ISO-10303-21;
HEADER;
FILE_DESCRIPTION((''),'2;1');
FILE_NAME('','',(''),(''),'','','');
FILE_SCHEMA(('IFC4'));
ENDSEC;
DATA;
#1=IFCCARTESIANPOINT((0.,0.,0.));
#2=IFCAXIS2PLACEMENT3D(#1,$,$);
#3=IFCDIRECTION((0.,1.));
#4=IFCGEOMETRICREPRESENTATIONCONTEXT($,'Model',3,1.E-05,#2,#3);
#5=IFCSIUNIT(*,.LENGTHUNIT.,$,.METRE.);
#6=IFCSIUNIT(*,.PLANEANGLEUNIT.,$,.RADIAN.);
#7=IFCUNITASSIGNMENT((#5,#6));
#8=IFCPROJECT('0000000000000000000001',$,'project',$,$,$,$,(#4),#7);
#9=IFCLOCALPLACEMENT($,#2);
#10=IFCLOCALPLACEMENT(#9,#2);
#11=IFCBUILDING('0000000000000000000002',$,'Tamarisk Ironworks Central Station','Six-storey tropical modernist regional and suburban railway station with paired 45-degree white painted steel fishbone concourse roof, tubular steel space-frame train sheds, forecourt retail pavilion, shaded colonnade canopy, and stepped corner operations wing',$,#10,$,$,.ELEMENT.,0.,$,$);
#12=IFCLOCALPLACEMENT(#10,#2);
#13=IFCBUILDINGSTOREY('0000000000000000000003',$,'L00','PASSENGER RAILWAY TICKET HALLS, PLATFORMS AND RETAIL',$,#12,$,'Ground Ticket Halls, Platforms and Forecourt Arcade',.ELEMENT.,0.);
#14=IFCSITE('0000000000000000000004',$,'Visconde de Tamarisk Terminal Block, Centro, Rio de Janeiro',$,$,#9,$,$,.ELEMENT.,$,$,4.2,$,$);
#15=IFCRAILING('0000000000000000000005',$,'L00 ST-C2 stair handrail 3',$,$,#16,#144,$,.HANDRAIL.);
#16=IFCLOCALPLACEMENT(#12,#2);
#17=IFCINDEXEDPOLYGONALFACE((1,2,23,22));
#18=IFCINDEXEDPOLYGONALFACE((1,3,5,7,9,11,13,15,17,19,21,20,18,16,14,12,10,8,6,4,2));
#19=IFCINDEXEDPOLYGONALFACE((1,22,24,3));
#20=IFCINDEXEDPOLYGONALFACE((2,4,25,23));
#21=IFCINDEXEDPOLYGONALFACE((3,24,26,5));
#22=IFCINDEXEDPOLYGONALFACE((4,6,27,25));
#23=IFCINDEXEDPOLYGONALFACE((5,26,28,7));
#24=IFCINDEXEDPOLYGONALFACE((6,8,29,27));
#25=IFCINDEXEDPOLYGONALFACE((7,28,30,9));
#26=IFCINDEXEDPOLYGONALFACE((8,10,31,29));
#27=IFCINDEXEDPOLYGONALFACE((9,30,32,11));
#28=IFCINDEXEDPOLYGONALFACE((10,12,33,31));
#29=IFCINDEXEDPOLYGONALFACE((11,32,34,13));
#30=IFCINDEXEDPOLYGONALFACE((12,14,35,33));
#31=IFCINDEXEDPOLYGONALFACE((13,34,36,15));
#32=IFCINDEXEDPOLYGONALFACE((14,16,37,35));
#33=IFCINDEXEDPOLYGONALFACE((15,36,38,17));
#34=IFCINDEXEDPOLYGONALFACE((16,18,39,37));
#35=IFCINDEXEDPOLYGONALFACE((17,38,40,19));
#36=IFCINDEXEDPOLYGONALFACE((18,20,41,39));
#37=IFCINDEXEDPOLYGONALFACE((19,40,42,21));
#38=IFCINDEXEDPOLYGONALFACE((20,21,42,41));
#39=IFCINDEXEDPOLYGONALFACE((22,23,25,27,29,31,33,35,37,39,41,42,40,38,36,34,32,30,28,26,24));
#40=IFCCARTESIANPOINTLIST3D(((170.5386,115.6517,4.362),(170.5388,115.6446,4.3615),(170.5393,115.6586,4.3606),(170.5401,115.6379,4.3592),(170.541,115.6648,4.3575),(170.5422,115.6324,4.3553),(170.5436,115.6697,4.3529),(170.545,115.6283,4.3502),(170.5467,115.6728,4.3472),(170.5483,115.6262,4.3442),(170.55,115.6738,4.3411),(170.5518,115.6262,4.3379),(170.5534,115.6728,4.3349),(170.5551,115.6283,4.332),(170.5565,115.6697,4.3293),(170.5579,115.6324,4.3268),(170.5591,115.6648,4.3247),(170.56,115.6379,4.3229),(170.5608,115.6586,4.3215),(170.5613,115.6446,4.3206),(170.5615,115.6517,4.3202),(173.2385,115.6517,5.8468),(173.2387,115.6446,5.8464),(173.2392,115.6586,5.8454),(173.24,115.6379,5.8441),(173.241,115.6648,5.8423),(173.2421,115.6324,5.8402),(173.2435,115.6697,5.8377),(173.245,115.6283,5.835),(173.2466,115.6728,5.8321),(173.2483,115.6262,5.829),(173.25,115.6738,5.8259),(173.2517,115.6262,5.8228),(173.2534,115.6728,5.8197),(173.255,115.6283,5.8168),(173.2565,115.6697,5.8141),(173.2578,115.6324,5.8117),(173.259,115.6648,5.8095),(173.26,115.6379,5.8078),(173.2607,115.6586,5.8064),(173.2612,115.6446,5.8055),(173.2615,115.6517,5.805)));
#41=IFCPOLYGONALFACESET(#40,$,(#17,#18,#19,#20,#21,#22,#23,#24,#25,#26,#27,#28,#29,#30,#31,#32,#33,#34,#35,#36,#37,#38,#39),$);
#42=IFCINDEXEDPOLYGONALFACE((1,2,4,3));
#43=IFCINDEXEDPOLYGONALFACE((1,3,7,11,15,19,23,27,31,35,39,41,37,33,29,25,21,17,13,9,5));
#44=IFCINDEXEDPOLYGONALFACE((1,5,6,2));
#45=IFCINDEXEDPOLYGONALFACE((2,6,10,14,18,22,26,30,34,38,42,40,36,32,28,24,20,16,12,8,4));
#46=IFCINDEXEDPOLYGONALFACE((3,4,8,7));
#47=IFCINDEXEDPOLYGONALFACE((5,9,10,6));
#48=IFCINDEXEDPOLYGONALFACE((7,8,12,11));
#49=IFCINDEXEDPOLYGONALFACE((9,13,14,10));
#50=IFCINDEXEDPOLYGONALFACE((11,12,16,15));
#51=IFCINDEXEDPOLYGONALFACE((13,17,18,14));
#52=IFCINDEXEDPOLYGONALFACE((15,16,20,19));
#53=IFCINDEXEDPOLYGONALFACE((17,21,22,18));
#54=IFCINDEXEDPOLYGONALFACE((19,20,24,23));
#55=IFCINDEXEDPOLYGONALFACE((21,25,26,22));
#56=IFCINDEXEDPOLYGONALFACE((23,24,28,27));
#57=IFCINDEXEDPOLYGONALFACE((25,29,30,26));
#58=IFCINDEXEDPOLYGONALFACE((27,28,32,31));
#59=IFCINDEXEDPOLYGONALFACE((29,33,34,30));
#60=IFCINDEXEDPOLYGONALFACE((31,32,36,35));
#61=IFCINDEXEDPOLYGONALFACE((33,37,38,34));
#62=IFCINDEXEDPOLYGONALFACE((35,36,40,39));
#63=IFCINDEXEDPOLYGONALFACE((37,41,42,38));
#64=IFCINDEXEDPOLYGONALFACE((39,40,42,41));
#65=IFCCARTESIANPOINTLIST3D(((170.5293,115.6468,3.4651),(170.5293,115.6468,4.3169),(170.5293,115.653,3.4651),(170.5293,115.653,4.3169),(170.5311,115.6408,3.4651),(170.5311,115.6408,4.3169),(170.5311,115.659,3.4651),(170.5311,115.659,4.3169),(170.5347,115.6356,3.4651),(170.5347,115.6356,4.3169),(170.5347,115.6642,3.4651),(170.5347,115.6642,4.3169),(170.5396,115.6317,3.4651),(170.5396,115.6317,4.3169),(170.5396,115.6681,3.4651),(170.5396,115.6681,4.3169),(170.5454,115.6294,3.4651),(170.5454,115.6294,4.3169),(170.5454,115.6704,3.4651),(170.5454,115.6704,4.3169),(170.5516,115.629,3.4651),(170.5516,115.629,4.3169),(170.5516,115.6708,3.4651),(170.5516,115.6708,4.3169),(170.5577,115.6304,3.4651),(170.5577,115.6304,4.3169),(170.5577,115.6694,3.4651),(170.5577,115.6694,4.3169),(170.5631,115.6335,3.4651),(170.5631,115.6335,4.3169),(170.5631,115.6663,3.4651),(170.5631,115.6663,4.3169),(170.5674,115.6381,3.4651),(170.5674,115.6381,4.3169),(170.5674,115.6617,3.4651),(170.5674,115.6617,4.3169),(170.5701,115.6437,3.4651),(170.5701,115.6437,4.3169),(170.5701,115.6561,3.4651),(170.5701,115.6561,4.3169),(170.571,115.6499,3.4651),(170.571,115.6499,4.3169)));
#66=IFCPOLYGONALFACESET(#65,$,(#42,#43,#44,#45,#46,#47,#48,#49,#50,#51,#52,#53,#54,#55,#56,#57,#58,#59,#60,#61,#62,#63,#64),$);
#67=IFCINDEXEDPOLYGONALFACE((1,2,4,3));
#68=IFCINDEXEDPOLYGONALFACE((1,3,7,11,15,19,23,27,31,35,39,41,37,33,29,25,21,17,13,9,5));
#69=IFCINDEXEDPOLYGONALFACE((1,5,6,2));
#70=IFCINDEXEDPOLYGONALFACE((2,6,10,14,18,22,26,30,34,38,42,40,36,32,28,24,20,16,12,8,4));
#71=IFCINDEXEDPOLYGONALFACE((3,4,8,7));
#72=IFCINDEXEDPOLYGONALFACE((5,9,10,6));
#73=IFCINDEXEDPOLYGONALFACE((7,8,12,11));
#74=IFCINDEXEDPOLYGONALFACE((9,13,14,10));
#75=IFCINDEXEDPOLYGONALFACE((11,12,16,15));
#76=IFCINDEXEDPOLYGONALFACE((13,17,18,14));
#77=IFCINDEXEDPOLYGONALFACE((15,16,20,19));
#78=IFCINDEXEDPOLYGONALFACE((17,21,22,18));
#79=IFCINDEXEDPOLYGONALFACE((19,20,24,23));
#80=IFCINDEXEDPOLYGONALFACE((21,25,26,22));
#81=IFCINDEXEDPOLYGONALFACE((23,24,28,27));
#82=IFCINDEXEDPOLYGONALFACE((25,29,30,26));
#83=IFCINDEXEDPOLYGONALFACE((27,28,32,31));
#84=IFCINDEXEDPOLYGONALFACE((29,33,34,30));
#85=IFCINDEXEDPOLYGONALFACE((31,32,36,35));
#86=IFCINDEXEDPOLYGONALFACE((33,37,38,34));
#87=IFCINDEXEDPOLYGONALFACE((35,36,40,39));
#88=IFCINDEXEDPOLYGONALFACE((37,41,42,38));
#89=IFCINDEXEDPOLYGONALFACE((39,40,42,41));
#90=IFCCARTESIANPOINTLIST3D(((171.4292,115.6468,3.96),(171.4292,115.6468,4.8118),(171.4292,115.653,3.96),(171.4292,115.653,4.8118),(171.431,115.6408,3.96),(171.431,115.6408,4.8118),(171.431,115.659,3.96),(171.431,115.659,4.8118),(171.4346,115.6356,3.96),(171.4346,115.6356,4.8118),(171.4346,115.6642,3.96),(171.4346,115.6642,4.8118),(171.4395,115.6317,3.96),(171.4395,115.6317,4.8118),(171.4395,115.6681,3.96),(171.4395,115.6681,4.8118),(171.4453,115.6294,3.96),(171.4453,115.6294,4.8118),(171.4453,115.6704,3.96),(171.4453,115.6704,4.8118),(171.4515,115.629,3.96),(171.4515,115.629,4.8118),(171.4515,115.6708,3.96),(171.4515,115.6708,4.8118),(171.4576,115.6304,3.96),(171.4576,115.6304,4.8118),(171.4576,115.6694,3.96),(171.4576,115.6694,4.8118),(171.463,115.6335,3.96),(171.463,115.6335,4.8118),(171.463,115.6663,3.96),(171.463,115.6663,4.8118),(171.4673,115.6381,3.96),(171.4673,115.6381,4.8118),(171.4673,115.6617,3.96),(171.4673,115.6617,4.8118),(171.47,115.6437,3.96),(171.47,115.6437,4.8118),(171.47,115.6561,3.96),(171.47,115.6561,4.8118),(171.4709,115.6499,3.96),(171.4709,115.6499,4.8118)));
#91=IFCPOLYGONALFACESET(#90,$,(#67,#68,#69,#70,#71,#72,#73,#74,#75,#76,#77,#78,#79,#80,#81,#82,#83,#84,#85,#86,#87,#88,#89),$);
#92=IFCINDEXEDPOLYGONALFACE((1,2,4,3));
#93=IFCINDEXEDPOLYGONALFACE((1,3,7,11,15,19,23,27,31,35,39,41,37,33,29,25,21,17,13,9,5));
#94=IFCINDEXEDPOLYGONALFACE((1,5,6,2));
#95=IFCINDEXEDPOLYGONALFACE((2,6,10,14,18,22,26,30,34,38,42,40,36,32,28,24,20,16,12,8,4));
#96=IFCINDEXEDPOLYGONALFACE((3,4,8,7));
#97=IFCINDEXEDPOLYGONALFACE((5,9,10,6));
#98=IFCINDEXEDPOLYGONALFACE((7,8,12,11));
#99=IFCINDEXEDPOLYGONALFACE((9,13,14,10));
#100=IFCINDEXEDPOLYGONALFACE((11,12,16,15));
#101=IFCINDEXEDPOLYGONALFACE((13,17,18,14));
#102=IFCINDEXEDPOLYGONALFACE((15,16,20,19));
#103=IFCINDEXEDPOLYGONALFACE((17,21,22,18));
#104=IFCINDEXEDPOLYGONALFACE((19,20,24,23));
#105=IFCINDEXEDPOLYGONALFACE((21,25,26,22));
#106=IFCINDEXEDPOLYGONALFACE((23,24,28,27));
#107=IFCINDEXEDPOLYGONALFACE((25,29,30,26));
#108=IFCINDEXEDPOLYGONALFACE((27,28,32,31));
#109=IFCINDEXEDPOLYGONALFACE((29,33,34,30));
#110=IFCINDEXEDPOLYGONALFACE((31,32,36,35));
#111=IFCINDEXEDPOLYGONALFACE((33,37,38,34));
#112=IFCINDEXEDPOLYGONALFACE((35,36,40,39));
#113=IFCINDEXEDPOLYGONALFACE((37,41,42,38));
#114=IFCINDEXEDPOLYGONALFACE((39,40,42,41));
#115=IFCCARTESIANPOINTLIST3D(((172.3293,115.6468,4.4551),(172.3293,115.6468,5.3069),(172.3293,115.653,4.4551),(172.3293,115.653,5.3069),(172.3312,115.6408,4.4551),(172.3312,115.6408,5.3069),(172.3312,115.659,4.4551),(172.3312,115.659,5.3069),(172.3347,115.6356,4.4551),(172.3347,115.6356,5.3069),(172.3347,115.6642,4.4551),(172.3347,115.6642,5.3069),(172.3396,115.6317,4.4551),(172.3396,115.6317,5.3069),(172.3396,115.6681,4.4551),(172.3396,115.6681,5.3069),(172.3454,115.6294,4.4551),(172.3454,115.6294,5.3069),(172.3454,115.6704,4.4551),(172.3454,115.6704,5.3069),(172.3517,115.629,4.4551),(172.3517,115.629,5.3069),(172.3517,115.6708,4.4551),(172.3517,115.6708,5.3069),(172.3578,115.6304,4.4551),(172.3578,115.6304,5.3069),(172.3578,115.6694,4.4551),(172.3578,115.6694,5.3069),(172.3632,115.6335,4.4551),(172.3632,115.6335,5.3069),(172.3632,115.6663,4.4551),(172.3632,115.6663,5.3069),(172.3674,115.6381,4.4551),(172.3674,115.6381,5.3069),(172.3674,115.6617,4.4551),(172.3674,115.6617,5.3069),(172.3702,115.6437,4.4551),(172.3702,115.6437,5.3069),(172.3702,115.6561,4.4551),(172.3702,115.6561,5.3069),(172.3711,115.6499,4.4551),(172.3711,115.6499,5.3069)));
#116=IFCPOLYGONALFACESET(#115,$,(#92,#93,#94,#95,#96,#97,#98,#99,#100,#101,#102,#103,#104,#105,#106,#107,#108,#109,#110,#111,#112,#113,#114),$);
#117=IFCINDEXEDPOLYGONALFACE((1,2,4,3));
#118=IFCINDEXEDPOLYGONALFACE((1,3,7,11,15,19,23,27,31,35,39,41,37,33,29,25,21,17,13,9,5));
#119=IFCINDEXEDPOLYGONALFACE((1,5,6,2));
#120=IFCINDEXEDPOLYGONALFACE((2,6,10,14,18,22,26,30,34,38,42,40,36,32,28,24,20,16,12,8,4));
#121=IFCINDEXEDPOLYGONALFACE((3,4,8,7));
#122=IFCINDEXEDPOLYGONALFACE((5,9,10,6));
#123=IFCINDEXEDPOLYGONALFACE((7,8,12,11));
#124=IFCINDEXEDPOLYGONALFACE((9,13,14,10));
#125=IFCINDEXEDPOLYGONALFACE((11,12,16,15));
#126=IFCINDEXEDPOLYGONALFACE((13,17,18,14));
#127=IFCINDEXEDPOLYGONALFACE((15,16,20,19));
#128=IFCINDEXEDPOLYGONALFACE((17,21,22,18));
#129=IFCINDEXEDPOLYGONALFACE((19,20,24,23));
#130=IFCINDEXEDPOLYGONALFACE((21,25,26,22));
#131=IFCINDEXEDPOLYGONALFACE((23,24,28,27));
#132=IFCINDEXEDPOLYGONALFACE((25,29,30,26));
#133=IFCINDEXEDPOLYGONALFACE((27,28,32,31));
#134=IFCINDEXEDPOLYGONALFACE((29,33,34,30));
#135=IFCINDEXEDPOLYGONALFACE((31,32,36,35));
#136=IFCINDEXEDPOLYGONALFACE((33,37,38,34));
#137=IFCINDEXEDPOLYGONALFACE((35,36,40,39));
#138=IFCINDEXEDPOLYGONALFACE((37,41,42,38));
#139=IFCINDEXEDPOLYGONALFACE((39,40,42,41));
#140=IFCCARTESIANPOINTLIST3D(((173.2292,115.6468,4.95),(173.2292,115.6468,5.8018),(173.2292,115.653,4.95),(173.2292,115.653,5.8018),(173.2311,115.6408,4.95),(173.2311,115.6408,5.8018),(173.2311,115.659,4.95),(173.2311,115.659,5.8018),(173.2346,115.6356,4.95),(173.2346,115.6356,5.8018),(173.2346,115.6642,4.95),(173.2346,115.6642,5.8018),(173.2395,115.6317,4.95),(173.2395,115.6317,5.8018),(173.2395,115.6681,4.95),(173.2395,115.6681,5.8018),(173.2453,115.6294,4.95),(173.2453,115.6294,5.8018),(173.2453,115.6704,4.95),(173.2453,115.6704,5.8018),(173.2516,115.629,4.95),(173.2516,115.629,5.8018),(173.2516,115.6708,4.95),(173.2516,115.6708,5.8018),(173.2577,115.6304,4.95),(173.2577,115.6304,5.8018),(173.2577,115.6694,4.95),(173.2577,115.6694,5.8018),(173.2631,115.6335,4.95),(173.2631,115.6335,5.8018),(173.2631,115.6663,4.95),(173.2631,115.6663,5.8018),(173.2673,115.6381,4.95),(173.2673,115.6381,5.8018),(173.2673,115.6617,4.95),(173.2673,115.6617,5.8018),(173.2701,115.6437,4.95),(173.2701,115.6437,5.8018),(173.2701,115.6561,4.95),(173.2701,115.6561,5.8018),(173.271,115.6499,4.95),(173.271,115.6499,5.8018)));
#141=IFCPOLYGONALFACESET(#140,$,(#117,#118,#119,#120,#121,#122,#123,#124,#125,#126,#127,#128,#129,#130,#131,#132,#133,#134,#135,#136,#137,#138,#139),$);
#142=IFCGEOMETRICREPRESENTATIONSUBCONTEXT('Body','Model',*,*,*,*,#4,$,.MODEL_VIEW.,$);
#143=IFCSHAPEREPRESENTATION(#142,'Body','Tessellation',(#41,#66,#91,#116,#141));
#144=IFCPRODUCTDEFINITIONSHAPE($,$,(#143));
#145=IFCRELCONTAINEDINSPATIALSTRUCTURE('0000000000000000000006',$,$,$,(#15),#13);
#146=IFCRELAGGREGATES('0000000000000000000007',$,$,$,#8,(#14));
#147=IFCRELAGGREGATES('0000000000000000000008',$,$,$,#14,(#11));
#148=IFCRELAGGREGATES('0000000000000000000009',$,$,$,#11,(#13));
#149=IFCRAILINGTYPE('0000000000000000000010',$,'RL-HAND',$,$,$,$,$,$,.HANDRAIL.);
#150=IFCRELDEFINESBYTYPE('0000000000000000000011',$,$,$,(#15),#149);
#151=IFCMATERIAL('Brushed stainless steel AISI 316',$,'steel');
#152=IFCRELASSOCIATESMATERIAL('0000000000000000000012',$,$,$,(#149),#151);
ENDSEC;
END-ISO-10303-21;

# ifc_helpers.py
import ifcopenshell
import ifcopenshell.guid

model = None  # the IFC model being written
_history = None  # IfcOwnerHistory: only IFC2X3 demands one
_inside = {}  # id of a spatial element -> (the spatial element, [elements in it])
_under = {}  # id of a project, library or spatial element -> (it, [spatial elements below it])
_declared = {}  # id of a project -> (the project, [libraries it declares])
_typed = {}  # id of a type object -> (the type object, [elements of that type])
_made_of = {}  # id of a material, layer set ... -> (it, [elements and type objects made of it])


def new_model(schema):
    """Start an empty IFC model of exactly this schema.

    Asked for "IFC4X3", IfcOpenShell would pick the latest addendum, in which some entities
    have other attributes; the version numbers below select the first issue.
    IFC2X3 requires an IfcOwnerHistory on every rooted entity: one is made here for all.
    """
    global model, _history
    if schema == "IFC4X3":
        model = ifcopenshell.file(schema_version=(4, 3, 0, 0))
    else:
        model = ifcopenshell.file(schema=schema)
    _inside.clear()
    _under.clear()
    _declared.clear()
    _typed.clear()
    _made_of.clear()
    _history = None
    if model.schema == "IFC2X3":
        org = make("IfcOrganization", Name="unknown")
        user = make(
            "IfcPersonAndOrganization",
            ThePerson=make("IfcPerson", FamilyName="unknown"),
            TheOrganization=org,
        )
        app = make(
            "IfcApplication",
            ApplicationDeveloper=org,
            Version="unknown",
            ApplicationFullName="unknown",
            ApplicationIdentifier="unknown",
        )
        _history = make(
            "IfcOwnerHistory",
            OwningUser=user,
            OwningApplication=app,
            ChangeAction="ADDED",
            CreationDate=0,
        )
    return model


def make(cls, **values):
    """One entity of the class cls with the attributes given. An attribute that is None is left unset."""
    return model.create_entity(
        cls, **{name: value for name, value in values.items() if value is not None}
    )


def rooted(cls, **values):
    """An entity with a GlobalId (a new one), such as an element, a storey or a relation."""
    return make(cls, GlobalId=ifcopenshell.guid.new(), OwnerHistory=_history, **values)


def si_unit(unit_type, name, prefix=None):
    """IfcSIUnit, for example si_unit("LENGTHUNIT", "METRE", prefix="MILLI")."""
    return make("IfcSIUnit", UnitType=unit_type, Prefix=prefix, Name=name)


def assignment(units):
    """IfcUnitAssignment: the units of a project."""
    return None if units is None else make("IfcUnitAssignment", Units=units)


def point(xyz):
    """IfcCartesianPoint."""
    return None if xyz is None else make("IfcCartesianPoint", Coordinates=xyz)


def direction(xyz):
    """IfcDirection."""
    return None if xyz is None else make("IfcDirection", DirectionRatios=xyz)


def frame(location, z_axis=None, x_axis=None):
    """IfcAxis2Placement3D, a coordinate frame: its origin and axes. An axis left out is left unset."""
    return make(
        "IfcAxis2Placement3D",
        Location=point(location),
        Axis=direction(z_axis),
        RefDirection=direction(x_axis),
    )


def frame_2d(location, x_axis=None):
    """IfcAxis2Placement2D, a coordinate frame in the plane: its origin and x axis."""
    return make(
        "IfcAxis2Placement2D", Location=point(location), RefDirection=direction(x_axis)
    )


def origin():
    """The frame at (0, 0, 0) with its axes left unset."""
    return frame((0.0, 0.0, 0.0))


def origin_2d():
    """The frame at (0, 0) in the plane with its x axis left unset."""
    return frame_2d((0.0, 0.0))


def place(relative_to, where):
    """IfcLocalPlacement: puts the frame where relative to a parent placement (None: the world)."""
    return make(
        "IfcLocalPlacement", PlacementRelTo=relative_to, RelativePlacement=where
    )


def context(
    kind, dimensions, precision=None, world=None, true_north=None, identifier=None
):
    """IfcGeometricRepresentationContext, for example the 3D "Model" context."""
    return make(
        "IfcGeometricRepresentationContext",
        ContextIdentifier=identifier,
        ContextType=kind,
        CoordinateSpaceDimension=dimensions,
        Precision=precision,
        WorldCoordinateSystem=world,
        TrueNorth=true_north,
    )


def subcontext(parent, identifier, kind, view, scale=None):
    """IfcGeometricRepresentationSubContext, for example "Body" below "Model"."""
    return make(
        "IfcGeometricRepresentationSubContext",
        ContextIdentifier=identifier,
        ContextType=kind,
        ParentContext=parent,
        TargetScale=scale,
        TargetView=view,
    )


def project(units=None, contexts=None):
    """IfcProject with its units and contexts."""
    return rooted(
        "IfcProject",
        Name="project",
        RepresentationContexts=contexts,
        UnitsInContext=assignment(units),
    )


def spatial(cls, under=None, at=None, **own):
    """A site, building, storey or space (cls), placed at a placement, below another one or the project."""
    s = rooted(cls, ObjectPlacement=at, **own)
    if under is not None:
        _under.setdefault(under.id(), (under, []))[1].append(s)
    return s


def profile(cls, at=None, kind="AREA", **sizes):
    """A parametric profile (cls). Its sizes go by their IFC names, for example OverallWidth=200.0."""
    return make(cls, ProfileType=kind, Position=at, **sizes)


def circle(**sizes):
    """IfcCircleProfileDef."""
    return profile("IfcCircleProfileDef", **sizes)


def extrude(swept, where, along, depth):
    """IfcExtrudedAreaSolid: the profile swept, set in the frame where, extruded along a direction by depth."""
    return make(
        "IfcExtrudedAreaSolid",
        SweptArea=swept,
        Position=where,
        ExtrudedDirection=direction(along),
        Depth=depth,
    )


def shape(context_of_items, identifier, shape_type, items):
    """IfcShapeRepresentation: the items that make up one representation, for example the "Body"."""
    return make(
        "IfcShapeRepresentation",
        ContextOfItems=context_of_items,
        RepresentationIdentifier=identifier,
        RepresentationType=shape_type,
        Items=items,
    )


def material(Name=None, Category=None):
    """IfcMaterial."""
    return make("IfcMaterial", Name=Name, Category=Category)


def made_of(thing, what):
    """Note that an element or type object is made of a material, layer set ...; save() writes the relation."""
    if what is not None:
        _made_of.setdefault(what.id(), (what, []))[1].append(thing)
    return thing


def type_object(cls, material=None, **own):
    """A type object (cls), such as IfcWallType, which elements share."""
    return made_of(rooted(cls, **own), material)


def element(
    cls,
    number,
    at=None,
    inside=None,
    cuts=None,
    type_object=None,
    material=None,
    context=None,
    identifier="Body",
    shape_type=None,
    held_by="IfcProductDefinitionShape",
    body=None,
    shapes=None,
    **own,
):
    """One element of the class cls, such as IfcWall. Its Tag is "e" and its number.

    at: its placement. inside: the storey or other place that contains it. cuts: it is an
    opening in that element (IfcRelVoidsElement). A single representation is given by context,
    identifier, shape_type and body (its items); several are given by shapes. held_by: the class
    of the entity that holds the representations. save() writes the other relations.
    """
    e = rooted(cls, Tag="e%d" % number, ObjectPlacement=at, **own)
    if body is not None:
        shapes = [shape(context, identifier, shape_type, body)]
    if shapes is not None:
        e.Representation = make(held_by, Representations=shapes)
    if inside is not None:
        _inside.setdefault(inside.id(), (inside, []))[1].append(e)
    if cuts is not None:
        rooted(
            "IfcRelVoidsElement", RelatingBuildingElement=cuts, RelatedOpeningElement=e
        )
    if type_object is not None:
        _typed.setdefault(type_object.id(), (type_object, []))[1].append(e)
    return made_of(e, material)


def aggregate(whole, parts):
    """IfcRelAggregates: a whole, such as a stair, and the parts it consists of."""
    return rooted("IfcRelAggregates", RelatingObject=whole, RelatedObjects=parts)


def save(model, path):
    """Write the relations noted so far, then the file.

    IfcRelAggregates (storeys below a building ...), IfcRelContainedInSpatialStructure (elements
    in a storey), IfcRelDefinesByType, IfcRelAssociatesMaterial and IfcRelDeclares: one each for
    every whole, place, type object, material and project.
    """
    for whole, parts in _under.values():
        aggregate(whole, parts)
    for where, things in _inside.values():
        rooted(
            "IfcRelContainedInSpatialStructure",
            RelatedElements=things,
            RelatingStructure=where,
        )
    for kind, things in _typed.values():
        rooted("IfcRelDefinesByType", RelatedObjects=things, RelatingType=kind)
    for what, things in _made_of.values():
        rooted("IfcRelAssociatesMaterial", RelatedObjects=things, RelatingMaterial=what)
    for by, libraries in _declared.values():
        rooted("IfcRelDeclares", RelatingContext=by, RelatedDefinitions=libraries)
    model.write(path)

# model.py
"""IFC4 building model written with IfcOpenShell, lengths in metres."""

from ifc_helpers import new_model, si_unit, direction, frame, origin, origin_2d, place, context, subcontext, project, spatial, circle, extrude, material, type_object, element, save


model = new_model("IFC4")

# Units and contexts
model_context = context("Model", 3, precision=1e-05, world=origin(), true_north=direction((0.0, 1.0)))
body_context = subcontext(model_context, "Body", "Model", "MODEL_VIEW")
ifc_project = project(units=[si_unit("LENGTHUNIT", "METRE"), si_unit("PLANEANGLEUNIT", "RADIAN")], contexts=[model_context])

# Site, building, storey
site_placement = place(None, origin())
site = spatial("IfcSite", under=ifc_project, at=site_placement, Name="Visconde de Tamarisk Terminal Block, Centro, Rio de Janeiro", CompositionType="ELEMENT", RefElevation=4.2)
building_placement = place(site_placement, origin())
building = spatial("IfcBuilding", under=site, at=building_placement, Name="Tamarisk Ironworks Central Station", Description="Six-storey tropical modernist regional and suburban railway station with paired 45-degree white painted steel fishbone concourse roof, tubular steel space-frame train sheds, forecourt retail pavilion, shaded colonnade canopy, and stepped corner operations wing", CompositionType="ELEMENT", ElevationOfRefHeight=0.0)
storey_placement = place(building_placement, origin())
storey = spatial("IfcBuildingStorey", under=building, at=storey_placement, Name="L00", Description="PASSENGER RAILWAY TICKET HALLS, PLATFORMS AND RETAIL", LongName="Ground Ticket Halls, Platforms and Forecourt Arcade", CompositionType="ELEMENT", Elevation=0.0)

# Railing
ifc_material_1 = material(Name="Brushed stainless steel AISI 316", Category="steel")
railing_type_1 = type_object("IfcRailingType", Name="RL-HAND", PredefinedType="HANDRAIL", material=ifc_material_1)
for number, where, name in (
    (1, (170.55, 115.6499, 3.4651), "L00 ST-C2 stair handrail 3"),
):
    element("IfcRailing", number, at=place(storey_placement, frame(where)), inside=storey, type_object=railing_type_1, Name=name, PredefinedType="HANDRAIL", context=body_context, shape_type="SweptSolid", body=[
        extrude(circle(Radius=0.0239, at=origin_2d()), frame((0.0, 0.0, 0.876), z_axis=(0.876231, 0.0, 0.481891), x_axis=(0.0, 1.0, 0.0)), (0.0, 0.0, 1.0), 3.0813),
        extrude(circle(Radius=0.021, at=origin_2d()), origin(), (0.0, 0.0, 1.0), 0.8518),
        extrude(circle(Radius=0.021, at=origin_2d()), frame((0.8999, 0.0, 0.4949)), (0.0, 0.0, 1.0), 0.8518),
        extrude(circle(Radius=0.021, at=origin_2d()), frame((1.8, 0.0, 0.99)), (0.0, 0.0, 1.0), 0.8518),
        extrude(circle(Radius=0.021, at=origin_2d()), frame((2.7, 0.0, 1.4849)), (0.0, 0.0, 1.0), 0.8518),
    ])

save(model, "model.ifc")
